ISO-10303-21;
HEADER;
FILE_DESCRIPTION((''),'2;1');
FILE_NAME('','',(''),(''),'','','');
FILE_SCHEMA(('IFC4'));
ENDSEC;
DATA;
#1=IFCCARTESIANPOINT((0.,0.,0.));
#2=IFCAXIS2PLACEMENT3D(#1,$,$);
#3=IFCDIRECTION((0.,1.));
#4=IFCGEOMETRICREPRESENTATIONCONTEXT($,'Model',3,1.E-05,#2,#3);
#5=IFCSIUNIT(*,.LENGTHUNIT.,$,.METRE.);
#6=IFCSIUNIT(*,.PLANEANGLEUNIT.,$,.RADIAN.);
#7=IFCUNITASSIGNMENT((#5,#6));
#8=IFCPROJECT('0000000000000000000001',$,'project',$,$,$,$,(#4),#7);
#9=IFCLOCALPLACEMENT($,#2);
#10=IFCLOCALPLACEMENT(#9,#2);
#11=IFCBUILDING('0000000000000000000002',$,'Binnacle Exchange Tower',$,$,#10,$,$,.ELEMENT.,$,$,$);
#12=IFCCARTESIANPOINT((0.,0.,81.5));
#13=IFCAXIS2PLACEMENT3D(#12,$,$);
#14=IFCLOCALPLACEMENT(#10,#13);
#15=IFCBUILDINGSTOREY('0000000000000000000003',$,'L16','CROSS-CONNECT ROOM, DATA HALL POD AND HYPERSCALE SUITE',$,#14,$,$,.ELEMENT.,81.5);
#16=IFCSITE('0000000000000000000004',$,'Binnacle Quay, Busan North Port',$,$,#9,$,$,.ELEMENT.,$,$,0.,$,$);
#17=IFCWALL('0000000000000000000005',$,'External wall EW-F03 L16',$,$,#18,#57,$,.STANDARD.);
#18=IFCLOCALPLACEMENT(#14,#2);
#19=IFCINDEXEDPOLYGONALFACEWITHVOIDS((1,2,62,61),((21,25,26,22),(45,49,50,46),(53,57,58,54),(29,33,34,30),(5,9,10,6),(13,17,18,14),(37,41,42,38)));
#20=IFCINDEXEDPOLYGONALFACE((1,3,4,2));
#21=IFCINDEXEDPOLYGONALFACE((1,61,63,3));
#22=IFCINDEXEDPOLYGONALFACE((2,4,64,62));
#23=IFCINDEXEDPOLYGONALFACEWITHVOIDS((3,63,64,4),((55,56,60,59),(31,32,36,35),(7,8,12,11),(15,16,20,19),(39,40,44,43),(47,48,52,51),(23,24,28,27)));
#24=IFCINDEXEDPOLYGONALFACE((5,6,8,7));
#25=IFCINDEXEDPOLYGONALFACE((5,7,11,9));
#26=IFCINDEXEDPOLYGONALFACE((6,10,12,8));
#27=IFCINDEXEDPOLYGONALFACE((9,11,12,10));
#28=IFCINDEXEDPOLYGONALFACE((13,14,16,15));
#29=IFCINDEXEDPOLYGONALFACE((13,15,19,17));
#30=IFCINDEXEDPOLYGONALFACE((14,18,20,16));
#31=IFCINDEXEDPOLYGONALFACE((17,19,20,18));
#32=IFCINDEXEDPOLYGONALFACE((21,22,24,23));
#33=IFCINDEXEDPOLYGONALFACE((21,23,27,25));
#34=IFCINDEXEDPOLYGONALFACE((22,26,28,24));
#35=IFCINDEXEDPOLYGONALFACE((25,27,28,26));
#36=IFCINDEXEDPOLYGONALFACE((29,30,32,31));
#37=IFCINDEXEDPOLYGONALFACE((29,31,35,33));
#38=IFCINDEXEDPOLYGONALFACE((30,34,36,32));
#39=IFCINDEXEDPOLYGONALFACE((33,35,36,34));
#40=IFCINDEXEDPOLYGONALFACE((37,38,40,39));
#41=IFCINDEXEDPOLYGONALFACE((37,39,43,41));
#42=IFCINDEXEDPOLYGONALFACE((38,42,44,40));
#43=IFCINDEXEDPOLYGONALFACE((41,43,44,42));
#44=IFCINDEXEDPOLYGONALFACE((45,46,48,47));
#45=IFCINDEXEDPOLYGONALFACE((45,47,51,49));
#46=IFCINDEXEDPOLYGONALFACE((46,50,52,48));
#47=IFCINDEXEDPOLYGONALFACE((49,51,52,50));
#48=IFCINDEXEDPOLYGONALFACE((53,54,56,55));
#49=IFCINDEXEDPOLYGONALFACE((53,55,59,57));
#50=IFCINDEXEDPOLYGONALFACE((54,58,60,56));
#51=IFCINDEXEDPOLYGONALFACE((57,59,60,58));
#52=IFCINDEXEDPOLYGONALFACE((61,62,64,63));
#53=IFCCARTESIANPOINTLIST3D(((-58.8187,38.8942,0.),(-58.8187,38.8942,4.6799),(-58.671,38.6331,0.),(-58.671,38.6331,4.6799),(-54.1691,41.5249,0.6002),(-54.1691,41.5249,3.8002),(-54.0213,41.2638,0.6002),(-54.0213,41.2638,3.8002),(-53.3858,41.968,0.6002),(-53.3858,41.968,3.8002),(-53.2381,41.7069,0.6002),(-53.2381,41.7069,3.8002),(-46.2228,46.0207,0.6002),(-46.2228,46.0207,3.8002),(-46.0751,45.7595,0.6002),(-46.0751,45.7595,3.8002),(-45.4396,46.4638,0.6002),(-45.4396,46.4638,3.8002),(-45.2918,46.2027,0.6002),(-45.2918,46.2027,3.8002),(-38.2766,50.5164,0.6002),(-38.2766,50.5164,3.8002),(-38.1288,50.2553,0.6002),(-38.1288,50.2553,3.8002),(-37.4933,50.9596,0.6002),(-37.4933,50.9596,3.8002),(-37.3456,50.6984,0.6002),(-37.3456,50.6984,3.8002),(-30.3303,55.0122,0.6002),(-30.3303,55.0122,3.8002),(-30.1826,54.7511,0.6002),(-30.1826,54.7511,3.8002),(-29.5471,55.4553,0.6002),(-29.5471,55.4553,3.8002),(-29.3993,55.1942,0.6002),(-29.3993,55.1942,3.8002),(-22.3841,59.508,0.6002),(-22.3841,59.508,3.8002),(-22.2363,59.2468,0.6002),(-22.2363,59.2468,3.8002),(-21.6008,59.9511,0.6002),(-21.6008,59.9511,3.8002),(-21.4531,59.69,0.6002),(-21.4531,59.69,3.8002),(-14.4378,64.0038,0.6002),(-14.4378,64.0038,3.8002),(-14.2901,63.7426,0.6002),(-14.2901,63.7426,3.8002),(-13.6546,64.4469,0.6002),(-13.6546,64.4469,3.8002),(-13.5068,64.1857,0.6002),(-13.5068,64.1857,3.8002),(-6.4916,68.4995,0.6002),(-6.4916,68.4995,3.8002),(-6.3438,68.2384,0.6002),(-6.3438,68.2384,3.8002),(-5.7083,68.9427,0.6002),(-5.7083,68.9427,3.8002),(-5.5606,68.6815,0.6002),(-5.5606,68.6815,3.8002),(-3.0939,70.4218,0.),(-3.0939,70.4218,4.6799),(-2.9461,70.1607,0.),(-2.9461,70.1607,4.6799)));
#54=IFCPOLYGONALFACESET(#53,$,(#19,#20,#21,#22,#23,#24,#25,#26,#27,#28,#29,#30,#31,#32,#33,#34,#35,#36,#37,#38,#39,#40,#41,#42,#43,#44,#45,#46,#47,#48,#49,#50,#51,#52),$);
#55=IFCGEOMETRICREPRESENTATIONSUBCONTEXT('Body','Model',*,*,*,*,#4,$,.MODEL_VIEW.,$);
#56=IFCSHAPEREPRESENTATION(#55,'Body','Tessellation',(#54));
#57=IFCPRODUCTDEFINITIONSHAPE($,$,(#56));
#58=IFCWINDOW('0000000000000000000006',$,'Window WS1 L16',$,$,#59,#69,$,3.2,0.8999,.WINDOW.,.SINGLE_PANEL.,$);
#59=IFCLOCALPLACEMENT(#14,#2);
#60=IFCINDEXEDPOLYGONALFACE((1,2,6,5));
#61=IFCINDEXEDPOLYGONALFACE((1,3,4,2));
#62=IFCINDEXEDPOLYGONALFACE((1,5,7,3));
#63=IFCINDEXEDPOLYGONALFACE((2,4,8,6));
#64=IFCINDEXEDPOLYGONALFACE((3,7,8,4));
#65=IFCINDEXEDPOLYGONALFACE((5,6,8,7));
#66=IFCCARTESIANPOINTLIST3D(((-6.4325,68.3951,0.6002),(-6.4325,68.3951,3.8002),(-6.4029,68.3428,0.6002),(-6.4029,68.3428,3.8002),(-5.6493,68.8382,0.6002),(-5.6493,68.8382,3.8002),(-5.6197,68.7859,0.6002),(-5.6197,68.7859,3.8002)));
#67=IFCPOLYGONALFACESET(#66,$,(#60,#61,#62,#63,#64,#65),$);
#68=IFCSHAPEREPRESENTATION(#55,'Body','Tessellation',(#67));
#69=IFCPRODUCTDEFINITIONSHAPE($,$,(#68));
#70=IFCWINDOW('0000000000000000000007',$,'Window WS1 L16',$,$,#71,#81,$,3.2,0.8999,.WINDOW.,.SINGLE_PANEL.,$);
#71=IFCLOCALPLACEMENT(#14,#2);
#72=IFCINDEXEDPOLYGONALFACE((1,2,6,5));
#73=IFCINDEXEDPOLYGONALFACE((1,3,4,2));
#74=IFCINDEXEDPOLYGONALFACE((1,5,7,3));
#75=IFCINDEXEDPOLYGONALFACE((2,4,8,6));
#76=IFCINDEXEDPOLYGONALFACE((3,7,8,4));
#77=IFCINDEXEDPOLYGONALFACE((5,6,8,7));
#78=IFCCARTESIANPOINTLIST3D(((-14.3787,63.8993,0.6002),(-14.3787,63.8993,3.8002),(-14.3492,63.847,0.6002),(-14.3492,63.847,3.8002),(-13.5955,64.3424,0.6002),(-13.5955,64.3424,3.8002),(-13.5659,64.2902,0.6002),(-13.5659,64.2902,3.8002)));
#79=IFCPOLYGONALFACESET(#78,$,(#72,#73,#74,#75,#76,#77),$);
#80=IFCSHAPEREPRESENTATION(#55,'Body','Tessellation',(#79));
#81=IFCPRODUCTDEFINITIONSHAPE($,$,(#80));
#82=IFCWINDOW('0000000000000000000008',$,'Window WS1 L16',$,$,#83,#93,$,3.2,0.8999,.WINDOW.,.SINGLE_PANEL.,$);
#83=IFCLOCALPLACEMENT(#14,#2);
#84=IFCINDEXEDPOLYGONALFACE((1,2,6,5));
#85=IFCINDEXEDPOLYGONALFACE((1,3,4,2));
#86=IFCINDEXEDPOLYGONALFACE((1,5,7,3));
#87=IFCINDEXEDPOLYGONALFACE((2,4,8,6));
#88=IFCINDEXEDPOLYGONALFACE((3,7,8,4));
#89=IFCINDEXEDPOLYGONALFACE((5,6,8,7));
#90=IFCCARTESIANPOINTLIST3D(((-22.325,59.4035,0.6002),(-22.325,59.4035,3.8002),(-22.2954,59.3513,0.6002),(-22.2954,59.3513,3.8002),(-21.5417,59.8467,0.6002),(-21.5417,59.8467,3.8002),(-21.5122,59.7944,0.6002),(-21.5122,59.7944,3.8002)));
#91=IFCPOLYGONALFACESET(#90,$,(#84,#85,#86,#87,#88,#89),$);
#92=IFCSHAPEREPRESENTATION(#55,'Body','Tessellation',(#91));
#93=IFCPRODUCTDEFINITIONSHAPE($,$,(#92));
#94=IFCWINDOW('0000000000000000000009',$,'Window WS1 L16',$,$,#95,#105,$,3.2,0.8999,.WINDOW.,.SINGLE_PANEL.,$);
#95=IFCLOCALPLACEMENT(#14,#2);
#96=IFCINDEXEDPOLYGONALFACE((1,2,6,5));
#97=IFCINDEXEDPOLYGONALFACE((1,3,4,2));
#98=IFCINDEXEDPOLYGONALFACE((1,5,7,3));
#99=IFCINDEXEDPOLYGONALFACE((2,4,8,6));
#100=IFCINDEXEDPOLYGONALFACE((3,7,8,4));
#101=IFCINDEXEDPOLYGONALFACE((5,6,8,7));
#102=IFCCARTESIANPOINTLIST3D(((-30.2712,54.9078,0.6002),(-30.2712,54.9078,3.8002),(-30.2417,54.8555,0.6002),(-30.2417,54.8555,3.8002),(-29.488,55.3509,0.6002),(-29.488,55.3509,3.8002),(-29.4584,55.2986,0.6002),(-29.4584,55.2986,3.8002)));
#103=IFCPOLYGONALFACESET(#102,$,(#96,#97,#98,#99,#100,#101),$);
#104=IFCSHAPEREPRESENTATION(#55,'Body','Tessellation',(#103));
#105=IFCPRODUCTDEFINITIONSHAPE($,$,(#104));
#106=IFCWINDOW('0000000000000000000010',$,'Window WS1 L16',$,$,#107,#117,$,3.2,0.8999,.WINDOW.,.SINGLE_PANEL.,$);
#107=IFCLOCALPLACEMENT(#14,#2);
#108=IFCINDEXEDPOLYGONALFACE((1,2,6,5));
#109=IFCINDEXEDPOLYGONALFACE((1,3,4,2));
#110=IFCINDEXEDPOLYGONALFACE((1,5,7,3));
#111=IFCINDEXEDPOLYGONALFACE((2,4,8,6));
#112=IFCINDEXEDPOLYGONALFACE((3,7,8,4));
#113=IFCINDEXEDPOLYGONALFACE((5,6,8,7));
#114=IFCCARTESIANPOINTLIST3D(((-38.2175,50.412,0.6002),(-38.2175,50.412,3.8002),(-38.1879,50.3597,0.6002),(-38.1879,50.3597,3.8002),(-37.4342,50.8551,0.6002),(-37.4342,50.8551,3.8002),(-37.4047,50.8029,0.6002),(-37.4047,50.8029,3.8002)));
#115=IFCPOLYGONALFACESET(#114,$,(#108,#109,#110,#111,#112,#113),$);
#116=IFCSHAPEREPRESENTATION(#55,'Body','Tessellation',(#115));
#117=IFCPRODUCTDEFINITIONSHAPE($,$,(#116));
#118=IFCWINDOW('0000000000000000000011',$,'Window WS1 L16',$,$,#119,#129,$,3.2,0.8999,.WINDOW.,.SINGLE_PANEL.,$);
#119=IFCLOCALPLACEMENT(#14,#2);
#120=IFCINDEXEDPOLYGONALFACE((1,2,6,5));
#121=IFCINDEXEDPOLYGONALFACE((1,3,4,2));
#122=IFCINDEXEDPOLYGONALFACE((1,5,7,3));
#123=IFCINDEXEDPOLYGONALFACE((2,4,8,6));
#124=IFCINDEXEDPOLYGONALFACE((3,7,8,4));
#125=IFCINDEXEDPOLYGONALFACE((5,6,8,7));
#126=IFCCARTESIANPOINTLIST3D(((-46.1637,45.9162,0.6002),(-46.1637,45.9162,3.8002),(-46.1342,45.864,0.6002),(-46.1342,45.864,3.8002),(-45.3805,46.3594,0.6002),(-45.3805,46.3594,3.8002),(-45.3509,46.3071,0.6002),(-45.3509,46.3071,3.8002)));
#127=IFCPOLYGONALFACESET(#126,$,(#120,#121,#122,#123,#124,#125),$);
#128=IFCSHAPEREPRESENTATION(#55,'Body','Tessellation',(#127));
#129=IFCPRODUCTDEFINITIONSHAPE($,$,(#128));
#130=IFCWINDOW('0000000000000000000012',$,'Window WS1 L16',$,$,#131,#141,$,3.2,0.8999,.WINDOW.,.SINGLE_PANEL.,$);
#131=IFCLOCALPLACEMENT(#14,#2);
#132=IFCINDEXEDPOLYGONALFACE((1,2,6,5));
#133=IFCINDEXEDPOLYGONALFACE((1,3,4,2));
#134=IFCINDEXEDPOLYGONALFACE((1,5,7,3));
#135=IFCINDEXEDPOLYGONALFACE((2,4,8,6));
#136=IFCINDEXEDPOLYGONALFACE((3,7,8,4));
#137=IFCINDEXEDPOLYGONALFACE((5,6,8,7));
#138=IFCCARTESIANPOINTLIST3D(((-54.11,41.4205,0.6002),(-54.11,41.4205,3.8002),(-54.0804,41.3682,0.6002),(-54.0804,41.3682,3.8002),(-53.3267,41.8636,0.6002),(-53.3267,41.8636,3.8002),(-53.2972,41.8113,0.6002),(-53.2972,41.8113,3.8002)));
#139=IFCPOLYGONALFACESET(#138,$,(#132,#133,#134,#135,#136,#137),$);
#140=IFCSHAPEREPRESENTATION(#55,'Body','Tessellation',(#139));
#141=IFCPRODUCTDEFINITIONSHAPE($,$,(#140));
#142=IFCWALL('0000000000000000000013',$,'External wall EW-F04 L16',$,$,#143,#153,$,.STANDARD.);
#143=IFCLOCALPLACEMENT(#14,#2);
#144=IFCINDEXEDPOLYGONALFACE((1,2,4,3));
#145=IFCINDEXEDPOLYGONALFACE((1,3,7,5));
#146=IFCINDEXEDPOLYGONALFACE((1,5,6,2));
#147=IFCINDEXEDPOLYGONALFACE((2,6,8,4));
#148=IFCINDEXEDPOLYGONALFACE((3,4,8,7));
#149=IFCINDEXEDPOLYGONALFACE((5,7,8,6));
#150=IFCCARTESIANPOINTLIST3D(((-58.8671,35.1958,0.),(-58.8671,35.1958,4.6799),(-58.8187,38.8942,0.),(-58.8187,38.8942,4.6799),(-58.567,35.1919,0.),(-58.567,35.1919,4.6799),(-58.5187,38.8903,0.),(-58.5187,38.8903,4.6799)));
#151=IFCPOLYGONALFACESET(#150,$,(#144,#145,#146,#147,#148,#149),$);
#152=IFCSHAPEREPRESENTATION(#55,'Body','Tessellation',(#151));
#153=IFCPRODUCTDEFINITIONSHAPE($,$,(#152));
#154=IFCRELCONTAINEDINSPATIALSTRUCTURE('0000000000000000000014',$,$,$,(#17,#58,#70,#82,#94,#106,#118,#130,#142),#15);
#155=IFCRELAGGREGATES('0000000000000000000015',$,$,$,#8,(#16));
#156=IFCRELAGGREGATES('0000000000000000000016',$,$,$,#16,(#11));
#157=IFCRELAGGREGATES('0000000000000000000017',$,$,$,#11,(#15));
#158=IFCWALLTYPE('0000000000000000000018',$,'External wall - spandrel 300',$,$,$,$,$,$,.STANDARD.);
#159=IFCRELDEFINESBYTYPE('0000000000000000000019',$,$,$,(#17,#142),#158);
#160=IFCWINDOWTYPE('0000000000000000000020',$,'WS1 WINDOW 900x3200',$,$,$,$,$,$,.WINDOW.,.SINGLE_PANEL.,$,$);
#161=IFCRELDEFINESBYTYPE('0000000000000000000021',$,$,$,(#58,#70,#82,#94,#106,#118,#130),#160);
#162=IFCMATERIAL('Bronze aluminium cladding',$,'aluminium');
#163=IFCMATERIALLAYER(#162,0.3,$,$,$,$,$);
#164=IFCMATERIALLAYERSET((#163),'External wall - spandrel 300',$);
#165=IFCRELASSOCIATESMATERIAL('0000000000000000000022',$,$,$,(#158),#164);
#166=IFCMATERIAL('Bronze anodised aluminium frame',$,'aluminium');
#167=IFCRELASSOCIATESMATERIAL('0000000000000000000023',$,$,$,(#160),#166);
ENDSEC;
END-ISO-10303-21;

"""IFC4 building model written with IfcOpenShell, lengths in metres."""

from ifc_helpers import new_model, si_unit, direction, frame, frame_2d, origin, place, context, subcontext, project, spatial, rectangle, extrude, material, layer, layer_set, type_object, element, fill, save


model = new_model("IFC4")

# Units and contexts
model_context = context("Model", 3, precision=1e-05, world=origin(), true_north=direction((0.0, 1.0)))
body_context = subcontext(model_context, "Body", "Model", "MODEL_VIEW")
ifc_project = project(units=[si_unit("LENGTHUNIT", "METRE"), si_unit("PLANEANGLEUNIT", "RADIAN")], contexts=[model_context])

# Site, building, storey
site_placement = place(None, origin())
site = spatial("IfcSite", under=ifc_project, at=site_placement, Name="Binnacle Quay, Busan North Port", CompositionType="ELEMENT", RefElevation=0.0)
building_placement = place(site_placement, origin())
building = spatial("IfcBuilding", under=site, at=building_placement, Name="Binnacle Exchange Tower", CompositionType="ELEMENT")
storey_placement = place(building_placement, frame((0.0, 0.0, 81.5)))
storey = spatial("IfcBuildingStorey", under=building, at=storey_placement, Name="L16", Description="CROSS-CONNECT ROOM, DATA HALL POD AND HYPERSCALE SUITE", CompositionType="ELEMENT", Elevation=81.5)

# Wall, openings, windows
ifc_material_1 = material(Name="Bronze aluminium cladding", Category="aluminium")
ifc_layer_1 = layer(ifc_material_1, 0.3)
ifc_layer_set_1 = layer_set([ifc_layer_1], Name="External wall - spandrel 300")
wall_type_1 = type_object("IfcWallType", Name="External wall - spandrel 300", PredefinedType="STANDARD", material=ifc_layer_set_1)
wall_1_placement = place(storey_placement, frame((-58.7449, 38.7637, 0.0), z_axis=(0.0, 0.0, 1.0), x_axis=(0.870356, 0.492423, 0.0)))
wall_1 = element("IfcWall", 1, at=wall_1_placement, inside=storey, type_object=wall_type_1, Name="External wall EW-F03 L16", PredefinedType="STANDARD", context=body_context, shape_type="SweptSolid", body=[
    extrude(rectangle(XDim=64.0254, YDim=0.3, at=frame_2d((32.0127, 0.0))), origin(), (0.0, 0.0, 1.0), 4.6799),
])
opening_1_placement = place(wall_1_placement, frame((60.1216, 0.0, 0.6001)))
opening_1 = element("IfcOpeningElement", 2, at=opening_1_placement, cuts=wall_1, PredefinedType="OPENING", context=body_context, shape_type="SweptSolid", body=[
    extrude(rectangle(XDim=0.8999, YDim=3.2, at=frame_2d((0.45, 1.6001))), frame((0.0, 0.1599, 0.0), z_axis=(0.0, -1.0, 0.0), x_axis=(1.0, 0.0, 0.0)), (0.0, 0.0, 1.0), 0.3201),
])
opening_2_placement = place(wall_1_placement, frame((50.9917, 0.0, 0.6001)))
opening_2 = element("IfcOpeningElement", 3, at=opening_2_placement, cuts=wall_1, PredefinedType="OPENING", context=body_context, shape_type="SweptSolid", body=[
    extrude(rectangle(XDim=0.8999, YDim=3.2, at=frame_2d((0.45, 1.6001))), frame((0.0, 0.1599, 0.0), z_axis=(0.0, -1.0, 0.0), x_axis=(1.0, 0.0, 0.0)), (0.0, 0.0, 1.0), 0.3201),
])
opening_3_placement = place(wall_1_placement, frame((41.8618, 0.0, 0.6001)))
opening_3 = element("IfcOpeningElement", 4, at=opening_3_placement, cuts=wall_1, PredefinedType="OPENING", context=body_context, shape_type="SweptSolid", body=[
    extrude(rectangle(XDim=0.8999, YDim=3.2, at=frame_2d((0.45, 1.6001))), frame((0.0, 0.1599, 0.0), z_axis=(0.0, -1.0, 0.0), x_axis=(1.0, 0.0, 0.0)), (0.0, 0.0, 1.0), 0.3201),
])
opening_4_placement = place(wall_1_placement, frame((32.7319, 0.0, 0.6001)))
opening_4 = element("IfcOpeningElement", 5, at=opening_4_placement, cuts=wall_1, PredefinedType="OPENING", context=body_context, shape_type="SweptSolid", body=[
    extrude(rectangle(XDim=0.8999, YDim=3.2, at=frame_2d((0.45, 1.6001))), frame((0.0, 0.1599, 0.0), z_axis=(0.0, -1.0, 0.0), x_axis=(1.0, 0.0, 0.0)), (0.0, 0.0, 1.0), 0.3201),
])
opening_5_placement = place(wall_1_placement, frame((23.6021, 0.0, 0.6001)))
opening_5 = element("IfcOpeningElement", 6, at=opening_5_placement, cuts=wall_1, PredefinedType="OPENING", context=body_context, shape_type="SweptSolid", body=[
    extrude(rectangle(XDim=0.8999, YDim=3.2, at=frame_2d((0.45, 1.6001))), frame((0.0, 0.1599, 0.0), z_axis=(0.0, -1.0, 0.0), x_axis=(1.0, 0.0, 0.0)), (0.0, 0.0, 1.0), 0.3201),
])
opening_6_placement = place(wall_1_placement, frame((14.4722, 0.0, 0.6001)))
opening_6 = element("IfcOpeningElement", 7, at=opening_6_placement, cuts=wall_1, PredefinedType="OPENING", context=body_context, shape_type="SweptSolid", body=[
    extrude(rectangle(XDim=0.8999, YDim=3.2, at=frame_2d((0.45, 1.6001))), frame((0.0, 0.1599, 0.0), z_axis=(0.0, -1.0, 0.0), x_axis=(1.0, 0.0, 0.0)), (0.0, 0.0, 1.0), 0.3201),
])
opening_7_placement = place(wall_1_placement, frame((5.3423, 0.0, 0.6001)))
opening_7 = element("IfcOpeningElement", 8, at=opening_7_placement, cuts=wall_1, PredefinedType="OPENING", context=body_context, shape_type="SweptSolid", body=[
    extrude(rectangle(XDim=0.8999, YDim=3.2, at=frame_2d((0.45, 1.6001))), frame((0.0, 0.1599, 0.0), z_axis=(0.0, -1.0, 0.0), x_axis=(1.0, 0.0, 0.0)), (0.0, 0.0, 1.0), 0.3201),
])
ifc_material_2 = material(Name="Bronze anodised aluminium frame", Category="aluminium")
window_type = type_object("IfcWindowType", Name="WS1 WINDOW 900x3200", PartitioningType="SINGLE_PANEL", PredefinedType="WINDOW", material=ifc_material_2)
window_1_placement = place(opening_1_placement, origin())
window_1 = element("IfcWindow", 9, at=window_1_placement, inside=storey, type_object=window_type, Name="Window WS1 L16", OverallHeight=3.2, OverallWidth=0.8999, PartitioningType="SINGLE_PANEL", PredefinedType="WINDOW", context=body_context, shape_type="SweptSolid", body=[
    extrude(rectangle(XDim=0.8999, YDim=3.2, at=frame_2d((0.45, 1.6001))), frame((0.0, 0.03, 0.0), z_axis=(0.0, -1.0, 0.0), x_axis=(1.0, 0.0, 0.0)), (0.0, 0.0, 1.0), 0.0601),
])
fill(opening_1, window_1)
window_2_placement = place(opening_2_placement, origin())
window_2 = element("IfcWindow", 10, at=window_2_placement, inside=storey, type_object=window_type, Name="Window WS1 L16", OverallHeight=3.2, OverallWidth=0.8999, PartitioningType="SINGLE_PANEL", PredefinedType="WINDOW", context=body_context, shape_type="SweptSolid", body=[
    extrude(rectangle(XDim=0.8999, YDim=3.2, at=frame_2d((0.45, 1.6001))), frame((0.0, 0.03, 0.0), z_axis=(0.0, -1.0, 0.0), x_axis=(1.0, 0.0, 0.0)), (0.0, 0.0, 1.0), 0.0601),
])
fill(opening_2, window_2)
window_3_placement = place(opening_3_placement, origin())
window_3 = element("IfcWindow", 11, at=window_3_placement, inside=storey, type_object=window_type, Name="Window WS1 L16", OverallHeight=3.2, OverallWidth=0.8999, PartitioningType="SINGLE_PANEL", PredefinedType="WINDOW", context=body_context, shape_type="SweptSolid", body=[
    extrude(rectangle(XDim=0.8999, YDim=3.2, at=frame_2d((0.45, 1.6001))), frame((0.0, 0.03, 0.0), z_axis=(0.0, -1.0, 0.0), x_axis=(1.0, 0.0, 0.0)), (0.0, 0.0, 1.0), 0.0601),
])
fill(opening_3, window_3)
window_4_placement = place(opening_4_placement, origin())
window_4 = element("IfcWindow", 12, at=window_4_placement, inside=storey, type_object=window_type, Name="Window WS1 L16", OverallHeight=3.2, OverallWidth=0.8999, PartitioningType="SINGLE_PANEL", PredefinedType="WINDOW", context=body_context, shape_type="SweptSolid", body=[
    extrude(rectangle(XDim=0.8999, YDim=3.2, at=frame_2d((0.45, 1.6001))), frame((0.0, 0.03, 0.0), z_axis=(0.0, -1.0, 0.0), x_axis=(1.0, 0.0, 0.0)), (0.0, 0.0, 1.0), 0.0601),
])
fill(opening_4, window_4)
window_5_placement = place(opening_5_placement, origin())
window_5 = element("IfcWindow", 13, at=window_5_placement, inside=storey, type_object=window_type, Name="Window WS1 L16", OverallHeight=3.2, OverallWidth=0.8999, PartitioningType="SINGLE_PANEL", PredefinedType="WINDOW", context=body_context, shape_type="SweptSolid", body=[
    extrude(rectangle(XDim=0.8999, YDim=3.2, at=frame_2d((0.45, 1.6001))), frame((0.0, 0.03, 0.0), z_axis=(0.0, -1.0, 0.0), x_axis=(1.0, 0.0, 0.0)), (0.0, 0.0, 1.0), 0.0601),
])
fill(opening_5, window_5)
window_6_placement = place(opening_6_placement, origin())
window_6 = element("IfcWindow", 14, at=window_6_placement, inside=storey, type_object=window_type, Name="Window WS1 L16", OverallHeight=3.2, OverallWidth=0.8999, PartitioningType="SINGLE_PANEL", PredefinedType="WINDOW", context=body_context, shape_type="SweptSolid", body=[
    extrude(rectangle(XDim=0.8999, YDim=3.2, at=frame_2d((0.45, 1.6001))), frame((0.0, 0.03, 0.0), z_axis=(0.0, -1.0, 0.0), x_axis=(1.0, 0.0, 0.0)), (0.0, 0.0, 1.0), 0.0601),
])
fill(opening_6, window_6)
window_7_placement = place(opening_7_placement, origin())
window_7 = element("IfcWindow", 15, at=window_7_placement, inside=storey, type_object=window_type, Name="Window WS1 L16", OverallHeight=3.2, OverallWidth=0.8999, PartitioningType="SINGLE_PANEL", PredefinedType="WINDOW", context=body_context, shape_type="SweptSolid", body=[
    extrude(rectangle(XDim=0.8999, YDim=3.2, at=frame_2d((0.45, 1.6001))), frame((0.0, 0.03, 0.0), z_axis=(0.0, -1.0, 0.0), x_axis=(1.0, 0.0, 0.0)), (0.0, 0.0, 1.0), 0.0601),
])
fill(opening_7, window_7)

# Wall
wall_2_placement = place(storey_placement, frame((-58.717, 35.1938, 0.0), z_axis=(0.0, 0.0, 1.0), x_axis=(0.013069, 0.999915, 0.0)))
element("IfcWall", 16, at=wall_2_placement, inside=storey, type_object=wall_type_1, Name="External wall EW-F04 L16", PredefinedType="STANDARD", context=body_context, shape_type="SweptSolid", body=[
    extrude(rectangle(XDim=3.6987, YDim=0.3, at=frame_2d((1.8494, 0.0))), origin(), (0.0, 0.0, 1.0), 4.6799),
])

save(model, "model.ifc")
